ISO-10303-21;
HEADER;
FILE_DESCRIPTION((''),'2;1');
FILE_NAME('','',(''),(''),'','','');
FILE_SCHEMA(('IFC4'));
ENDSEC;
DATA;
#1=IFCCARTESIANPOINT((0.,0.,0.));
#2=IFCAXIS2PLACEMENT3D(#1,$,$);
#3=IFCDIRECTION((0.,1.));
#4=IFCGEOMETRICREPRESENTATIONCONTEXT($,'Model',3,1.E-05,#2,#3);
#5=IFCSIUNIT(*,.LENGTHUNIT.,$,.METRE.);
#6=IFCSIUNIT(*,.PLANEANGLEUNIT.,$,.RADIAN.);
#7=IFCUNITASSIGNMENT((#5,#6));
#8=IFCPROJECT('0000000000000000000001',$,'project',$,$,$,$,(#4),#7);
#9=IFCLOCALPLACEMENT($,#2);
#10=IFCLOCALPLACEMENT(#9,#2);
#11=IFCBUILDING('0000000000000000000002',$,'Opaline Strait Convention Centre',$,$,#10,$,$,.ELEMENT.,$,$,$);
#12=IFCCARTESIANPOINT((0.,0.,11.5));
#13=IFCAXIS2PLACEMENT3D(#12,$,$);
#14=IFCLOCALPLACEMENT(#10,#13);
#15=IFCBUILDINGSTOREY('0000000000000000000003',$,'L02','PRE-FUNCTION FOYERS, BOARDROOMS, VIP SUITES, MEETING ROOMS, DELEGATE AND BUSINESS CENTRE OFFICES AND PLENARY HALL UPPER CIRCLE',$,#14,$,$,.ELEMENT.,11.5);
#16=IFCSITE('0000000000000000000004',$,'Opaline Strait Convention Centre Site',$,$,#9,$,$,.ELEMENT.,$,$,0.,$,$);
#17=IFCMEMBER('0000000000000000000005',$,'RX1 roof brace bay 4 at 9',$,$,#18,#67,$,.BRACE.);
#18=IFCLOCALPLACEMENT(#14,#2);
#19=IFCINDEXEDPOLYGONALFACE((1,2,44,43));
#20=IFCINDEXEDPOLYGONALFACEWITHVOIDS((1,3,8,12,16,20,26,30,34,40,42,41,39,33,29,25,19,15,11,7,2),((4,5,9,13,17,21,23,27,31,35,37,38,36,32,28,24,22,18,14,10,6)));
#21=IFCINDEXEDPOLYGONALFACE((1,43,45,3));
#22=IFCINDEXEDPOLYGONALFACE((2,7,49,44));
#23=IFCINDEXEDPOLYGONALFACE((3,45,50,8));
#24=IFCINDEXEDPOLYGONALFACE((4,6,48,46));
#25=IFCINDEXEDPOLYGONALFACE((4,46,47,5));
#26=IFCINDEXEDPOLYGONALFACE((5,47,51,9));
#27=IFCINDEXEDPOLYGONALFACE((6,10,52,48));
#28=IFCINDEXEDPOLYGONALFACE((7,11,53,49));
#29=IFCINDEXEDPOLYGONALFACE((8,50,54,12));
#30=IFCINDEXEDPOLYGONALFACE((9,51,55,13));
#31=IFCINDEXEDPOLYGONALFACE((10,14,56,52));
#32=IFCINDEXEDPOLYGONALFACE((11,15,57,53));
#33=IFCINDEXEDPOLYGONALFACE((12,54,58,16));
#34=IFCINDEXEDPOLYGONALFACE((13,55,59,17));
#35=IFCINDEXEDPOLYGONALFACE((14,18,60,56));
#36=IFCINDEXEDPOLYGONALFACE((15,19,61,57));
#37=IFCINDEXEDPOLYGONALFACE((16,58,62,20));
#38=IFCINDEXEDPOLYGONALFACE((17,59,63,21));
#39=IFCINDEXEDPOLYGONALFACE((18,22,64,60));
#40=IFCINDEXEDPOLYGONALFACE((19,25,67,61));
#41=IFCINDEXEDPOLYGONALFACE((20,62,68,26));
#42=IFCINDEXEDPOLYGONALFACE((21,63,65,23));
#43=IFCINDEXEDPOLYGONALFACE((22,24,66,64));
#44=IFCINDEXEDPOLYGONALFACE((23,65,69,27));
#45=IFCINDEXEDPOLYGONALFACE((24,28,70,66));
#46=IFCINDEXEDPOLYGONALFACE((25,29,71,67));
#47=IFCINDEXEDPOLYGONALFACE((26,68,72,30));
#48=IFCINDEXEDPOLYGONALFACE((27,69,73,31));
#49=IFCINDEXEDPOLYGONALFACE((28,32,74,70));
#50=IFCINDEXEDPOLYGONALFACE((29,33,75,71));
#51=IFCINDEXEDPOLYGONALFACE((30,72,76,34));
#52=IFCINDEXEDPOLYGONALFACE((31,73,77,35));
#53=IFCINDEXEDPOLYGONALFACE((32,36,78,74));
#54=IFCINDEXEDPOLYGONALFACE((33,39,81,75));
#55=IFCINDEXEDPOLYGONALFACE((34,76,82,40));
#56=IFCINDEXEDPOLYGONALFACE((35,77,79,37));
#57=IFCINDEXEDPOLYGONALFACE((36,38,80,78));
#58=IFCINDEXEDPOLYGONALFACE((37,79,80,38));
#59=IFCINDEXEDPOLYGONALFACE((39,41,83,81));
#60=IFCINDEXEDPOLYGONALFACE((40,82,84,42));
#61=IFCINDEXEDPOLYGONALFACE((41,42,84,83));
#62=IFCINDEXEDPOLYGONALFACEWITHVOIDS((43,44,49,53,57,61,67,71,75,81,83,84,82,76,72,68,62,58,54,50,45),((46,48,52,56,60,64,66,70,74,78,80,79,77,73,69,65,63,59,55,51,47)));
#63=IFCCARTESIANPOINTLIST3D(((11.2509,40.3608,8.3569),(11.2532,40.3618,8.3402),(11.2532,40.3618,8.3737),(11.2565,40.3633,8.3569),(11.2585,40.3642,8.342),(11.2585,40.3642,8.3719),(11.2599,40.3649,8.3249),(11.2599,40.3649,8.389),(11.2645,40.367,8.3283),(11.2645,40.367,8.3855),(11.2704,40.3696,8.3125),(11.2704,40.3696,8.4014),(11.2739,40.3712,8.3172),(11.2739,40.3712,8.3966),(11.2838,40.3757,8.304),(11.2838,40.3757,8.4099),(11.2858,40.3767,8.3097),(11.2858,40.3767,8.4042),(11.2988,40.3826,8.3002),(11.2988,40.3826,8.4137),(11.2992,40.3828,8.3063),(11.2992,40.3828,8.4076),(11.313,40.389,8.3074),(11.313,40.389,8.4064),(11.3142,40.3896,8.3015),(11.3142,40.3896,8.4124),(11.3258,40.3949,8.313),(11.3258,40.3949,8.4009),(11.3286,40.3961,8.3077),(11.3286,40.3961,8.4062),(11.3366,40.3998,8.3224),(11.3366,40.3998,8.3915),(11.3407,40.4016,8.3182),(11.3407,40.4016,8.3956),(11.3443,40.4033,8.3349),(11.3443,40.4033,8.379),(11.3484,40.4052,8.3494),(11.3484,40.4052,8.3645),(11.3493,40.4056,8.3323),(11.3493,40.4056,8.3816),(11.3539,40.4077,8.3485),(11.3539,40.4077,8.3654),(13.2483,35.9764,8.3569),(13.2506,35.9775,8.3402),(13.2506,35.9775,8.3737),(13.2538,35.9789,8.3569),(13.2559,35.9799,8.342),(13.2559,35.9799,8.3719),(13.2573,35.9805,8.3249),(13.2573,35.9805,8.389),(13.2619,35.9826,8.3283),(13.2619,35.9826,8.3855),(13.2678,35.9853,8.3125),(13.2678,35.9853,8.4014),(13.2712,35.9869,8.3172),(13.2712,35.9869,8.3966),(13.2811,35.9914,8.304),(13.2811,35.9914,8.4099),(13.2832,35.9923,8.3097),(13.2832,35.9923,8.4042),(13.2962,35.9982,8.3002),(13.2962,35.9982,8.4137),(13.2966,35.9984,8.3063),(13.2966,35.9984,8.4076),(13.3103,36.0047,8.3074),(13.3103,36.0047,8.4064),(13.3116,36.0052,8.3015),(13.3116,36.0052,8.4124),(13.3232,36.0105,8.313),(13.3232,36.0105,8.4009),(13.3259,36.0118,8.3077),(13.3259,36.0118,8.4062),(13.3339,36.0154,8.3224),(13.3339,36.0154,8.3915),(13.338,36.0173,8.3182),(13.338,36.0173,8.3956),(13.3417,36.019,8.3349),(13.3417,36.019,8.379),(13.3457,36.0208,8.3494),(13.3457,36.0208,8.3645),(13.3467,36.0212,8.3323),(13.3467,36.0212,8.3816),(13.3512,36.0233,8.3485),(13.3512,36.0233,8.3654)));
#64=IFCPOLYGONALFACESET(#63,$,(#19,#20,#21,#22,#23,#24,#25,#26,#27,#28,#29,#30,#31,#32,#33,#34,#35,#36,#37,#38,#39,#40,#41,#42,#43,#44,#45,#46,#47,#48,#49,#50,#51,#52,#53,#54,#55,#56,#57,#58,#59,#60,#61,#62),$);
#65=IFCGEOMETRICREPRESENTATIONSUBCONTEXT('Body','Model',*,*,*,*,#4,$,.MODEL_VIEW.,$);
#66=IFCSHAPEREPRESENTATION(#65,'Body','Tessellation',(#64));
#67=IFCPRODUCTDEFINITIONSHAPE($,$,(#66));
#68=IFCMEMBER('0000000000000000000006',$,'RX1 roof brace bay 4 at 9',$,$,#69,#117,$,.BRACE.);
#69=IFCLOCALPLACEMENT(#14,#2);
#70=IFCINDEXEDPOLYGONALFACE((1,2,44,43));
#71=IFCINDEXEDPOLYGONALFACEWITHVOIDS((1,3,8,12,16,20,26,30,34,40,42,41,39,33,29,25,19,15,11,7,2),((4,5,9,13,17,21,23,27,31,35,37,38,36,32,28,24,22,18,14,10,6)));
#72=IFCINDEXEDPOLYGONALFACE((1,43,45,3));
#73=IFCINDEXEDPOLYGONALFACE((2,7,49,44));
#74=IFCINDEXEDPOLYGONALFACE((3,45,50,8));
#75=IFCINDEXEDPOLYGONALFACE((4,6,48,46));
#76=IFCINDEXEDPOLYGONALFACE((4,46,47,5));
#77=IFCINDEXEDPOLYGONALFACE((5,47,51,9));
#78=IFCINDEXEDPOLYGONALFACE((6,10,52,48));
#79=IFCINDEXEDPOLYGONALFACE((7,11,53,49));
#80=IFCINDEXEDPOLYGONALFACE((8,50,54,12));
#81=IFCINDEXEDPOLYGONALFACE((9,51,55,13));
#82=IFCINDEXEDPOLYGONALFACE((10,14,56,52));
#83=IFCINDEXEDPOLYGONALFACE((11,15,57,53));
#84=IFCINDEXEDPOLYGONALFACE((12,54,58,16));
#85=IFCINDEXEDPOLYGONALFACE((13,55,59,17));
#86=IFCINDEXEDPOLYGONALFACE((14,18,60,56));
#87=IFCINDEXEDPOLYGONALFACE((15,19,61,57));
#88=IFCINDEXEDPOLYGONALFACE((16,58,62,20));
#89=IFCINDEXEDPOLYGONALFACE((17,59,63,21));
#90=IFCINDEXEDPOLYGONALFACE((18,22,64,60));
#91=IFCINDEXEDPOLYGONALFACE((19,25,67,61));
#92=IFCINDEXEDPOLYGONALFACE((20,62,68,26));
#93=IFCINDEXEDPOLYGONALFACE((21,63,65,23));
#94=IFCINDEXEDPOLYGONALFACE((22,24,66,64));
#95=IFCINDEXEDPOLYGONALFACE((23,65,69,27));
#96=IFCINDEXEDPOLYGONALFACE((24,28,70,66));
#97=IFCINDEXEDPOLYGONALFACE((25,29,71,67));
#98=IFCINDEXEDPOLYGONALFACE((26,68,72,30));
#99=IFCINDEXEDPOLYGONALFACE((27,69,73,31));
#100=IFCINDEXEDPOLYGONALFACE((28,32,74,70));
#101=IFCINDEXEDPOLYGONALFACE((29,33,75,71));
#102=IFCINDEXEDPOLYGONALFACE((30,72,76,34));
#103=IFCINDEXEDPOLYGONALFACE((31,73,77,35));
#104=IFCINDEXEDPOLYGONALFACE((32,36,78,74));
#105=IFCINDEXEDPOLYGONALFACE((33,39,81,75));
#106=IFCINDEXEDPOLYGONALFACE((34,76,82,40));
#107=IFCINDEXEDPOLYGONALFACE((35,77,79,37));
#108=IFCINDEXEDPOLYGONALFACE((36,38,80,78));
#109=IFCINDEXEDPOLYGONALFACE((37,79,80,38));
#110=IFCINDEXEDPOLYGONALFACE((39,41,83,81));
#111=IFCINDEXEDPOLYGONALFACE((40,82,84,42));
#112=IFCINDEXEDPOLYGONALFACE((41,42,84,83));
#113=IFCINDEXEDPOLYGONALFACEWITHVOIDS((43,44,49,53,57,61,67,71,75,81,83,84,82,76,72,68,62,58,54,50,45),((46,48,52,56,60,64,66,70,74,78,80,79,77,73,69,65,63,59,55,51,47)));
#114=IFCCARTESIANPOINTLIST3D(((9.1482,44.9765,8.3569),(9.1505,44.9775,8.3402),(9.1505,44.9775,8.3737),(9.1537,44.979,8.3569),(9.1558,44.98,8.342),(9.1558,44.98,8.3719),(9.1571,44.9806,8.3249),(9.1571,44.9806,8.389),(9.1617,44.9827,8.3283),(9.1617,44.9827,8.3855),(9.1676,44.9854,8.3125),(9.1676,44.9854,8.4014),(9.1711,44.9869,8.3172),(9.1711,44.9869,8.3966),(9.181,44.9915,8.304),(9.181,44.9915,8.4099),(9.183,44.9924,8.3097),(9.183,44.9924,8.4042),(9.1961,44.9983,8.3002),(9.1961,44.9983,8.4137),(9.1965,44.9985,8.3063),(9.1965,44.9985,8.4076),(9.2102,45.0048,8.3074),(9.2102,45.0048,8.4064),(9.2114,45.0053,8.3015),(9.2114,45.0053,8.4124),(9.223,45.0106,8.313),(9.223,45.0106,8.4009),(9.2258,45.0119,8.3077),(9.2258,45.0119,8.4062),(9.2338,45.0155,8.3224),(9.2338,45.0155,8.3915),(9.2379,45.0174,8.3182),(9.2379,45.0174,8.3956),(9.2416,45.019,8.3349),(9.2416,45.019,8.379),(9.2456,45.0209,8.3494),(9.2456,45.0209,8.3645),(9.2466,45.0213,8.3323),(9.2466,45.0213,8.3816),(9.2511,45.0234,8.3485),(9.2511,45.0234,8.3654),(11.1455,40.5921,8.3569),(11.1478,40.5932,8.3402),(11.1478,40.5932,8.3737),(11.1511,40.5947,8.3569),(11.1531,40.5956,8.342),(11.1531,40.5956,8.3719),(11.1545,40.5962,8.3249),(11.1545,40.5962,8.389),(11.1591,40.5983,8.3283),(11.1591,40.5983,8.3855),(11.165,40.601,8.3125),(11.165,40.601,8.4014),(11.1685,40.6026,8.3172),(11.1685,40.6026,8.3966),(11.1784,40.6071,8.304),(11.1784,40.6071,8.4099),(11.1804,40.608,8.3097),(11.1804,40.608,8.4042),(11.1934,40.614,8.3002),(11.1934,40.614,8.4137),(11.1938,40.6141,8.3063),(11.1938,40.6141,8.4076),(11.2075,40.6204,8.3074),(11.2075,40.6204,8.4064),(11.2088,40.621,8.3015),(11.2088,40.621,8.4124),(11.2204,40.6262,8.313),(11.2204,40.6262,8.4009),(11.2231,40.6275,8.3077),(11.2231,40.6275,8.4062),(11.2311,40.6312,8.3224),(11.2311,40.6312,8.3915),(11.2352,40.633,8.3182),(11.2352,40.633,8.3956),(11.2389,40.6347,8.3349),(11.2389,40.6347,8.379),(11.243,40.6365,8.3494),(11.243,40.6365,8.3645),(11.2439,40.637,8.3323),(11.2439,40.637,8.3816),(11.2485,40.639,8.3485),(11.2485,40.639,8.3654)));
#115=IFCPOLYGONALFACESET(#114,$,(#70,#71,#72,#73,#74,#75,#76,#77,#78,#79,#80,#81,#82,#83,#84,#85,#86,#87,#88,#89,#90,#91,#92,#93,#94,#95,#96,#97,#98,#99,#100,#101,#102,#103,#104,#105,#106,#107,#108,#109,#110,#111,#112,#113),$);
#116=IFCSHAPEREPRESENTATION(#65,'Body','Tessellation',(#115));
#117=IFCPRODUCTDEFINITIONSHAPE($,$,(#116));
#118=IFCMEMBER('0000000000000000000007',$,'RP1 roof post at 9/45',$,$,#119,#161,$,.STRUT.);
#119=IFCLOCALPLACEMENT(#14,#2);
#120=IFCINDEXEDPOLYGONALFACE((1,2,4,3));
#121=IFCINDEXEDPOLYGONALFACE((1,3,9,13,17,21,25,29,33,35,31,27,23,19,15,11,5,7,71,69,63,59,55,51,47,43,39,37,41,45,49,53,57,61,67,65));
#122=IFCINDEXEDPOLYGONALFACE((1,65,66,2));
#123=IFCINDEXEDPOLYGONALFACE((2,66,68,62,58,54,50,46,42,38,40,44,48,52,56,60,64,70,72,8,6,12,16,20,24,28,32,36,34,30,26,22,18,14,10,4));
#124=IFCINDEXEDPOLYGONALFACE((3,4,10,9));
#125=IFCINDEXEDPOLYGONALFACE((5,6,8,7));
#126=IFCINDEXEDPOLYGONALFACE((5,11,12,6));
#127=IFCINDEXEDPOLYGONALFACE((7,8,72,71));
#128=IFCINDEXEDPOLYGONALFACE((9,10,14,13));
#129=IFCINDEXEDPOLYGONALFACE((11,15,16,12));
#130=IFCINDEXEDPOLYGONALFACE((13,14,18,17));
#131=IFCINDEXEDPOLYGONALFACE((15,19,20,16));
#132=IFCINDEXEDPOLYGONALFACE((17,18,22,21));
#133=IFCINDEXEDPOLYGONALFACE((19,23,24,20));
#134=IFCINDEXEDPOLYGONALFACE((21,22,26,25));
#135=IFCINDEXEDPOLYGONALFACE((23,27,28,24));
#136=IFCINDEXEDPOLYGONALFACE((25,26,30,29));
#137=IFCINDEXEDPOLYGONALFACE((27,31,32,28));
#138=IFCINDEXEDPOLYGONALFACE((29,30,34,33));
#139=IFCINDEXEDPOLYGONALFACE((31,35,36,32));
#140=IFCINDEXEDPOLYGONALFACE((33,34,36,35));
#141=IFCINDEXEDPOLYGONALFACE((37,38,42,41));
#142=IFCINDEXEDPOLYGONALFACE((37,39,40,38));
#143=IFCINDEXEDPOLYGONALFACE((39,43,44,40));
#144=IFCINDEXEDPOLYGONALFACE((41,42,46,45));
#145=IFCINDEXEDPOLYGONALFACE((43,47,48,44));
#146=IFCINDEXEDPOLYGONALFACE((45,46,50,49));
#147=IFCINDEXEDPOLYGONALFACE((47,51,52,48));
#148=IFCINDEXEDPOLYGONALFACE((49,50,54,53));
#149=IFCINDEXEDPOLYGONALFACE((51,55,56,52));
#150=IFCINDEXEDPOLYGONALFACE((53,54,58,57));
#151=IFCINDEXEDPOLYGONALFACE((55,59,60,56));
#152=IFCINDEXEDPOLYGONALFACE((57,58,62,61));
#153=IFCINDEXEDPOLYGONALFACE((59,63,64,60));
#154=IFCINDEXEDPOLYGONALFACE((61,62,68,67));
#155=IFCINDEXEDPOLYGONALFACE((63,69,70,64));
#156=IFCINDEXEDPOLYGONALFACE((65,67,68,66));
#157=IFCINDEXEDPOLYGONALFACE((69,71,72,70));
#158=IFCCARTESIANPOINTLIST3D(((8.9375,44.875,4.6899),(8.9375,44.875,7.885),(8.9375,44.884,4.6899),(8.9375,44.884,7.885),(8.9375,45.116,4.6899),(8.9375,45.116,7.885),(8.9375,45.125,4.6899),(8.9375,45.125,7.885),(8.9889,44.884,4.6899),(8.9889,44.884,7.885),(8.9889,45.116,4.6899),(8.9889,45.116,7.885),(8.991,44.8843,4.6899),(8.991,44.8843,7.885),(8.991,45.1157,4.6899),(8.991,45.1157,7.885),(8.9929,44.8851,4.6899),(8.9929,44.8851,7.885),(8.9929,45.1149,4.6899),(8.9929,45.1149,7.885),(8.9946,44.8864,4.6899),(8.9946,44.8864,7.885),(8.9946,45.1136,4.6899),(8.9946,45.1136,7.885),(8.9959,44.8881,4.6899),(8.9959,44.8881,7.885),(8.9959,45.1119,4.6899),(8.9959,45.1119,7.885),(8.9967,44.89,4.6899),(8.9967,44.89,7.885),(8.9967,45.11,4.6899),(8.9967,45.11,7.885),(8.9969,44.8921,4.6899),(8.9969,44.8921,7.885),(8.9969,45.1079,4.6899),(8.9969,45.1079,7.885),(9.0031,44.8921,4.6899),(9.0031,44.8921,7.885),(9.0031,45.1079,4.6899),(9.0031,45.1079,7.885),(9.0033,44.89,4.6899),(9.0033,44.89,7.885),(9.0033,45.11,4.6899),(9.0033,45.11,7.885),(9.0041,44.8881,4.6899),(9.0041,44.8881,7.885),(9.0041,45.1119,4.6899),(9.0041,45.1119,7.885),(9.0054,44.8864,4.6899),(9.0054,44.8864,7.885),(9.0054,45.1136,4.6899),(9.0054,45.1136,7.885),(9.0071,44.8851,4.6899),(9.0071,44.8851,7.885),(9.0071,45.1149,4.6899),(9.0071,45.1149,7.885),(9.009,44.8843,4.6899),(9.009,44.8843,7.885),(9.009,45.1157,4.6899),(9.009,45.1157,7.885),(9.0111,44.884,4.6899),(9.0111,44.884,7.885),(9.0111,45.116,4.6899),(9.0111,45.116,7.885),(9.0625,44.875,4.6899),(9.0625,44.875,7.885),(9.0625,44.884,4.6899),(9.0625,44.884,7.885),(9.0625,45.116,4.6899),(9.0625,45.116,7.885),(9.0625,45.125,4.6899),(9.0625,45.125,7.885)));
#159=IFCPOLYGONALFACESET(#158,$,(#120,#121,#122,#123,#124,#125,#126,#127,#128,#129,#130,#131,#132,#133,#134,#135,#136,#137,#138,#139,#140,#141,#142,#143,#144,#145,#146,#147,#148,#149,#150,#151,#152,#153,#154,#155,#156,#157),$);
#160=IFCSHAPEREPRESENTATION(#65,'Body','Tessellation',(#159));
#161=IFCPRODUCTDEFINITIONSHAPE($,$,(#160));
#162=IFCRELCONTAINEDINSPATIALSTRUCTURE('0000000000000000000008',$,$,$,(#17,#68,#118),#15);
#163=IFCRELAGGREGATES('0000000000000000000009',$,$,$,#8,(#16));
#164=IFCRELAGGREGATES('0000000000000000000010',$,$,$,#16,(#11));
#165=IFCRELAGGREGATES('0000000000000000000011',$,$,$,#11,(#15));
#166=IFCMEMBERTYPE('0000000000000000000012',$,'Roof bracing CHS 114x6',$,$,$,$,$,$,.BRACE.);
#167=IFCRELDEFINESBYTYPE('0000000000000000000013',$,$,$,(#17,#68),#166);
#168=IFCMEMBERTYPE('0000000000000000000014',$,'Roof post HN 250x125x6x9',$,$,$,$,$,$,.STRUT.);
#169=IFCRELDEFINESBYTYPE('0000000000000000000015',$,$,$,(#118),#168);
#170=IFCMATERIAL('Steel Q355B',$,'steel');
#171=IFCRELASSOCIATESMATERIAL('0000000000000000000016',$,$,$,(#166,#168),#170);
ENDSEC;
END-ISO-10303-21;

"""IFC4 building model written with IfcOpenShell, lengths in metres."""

from ifc_helpers import new_model, si_unit, direction, frame, origin, origin_2d, place, context, subcontext, project, spatial, hollow_circle, i_section, extrude, material, material_profile, profile_set, type_object, element, save


model = new_model("IFC4")

# Units and contexts
model_context = context("Model", 3, precision=1e-05, world=origin(), true_north=direction((0.0, 1.0)))
body_context = subcontext(model_context, "Body", "Model", "MODEL_VIEW")
ifc_project = project(units=[si_unit("LENGTHUNIT", "METRE"), si_unit("PLANEANGLEUNIT", "RADIAN")], contexts=[model_context])

# Site, building, storey
site_placement = place(None, origin())
site = spatial("IfcSite", under=ifc_project, at=site_placement, Name="Opaline Strait Convention Centre Site", CompositionType="ELEMENT", RefElevation=0.0)
building_placement = place(site_placement, origin())
building = spatial("IfcBuilding", under=site, at=building_placement, Name="Opaline Strait Convention Centre", CompositionType="ELEMENT")
storey_placement = place(building_placement, frame((0.0, 0.0, 11.5)))
storey = spatial("IfcBuildingStorey", under=building, at=storey_placement, Name="L02", Description="PRE-FUNCTION FOYERS, BOARDROOMS, VIP SUITES, MEETING ROOMS, DELEGATE AND BUSINESS CENTRE OFFICES AND PLENARY HALL UPPER CIRCLE", CompositionType="ELEMENT", Elevation=11.5)

# Shared definitions
ifc_material_1 = material(Name="Steel Q355B", Category="steel")

# Members
ifc_material_profile_1 = material_profile(ifc_material_1, hollow_circle(Radius=0.0569, WallThickness=0.0061, at=origin_2d()), Name="CHS 114x6")
ifc_profile_set_1 = profile_set([ifc_material_profile_1], Name="Steel Q355B")
member_type_1 = type_object("IfcMemberType", Name="Roof bracing CHS 114x6", PredefinedType="BRACE", material=ifc_profile_set_1)
for number, where, z_axis, x_axis, name in (
    (1, (13.3, 36.0, 8.3569), (-0.41457, 0.910017, 0.0), (-0.910017, -0.41457, 0.0), "RX1 roof brace bay 4 at 9"),
    (2, (11.1973, 40.6157, 8.3569), (-0.41457, 0.910017, 0.0), (-0.910017, -0.41457, 0.0), "RX1 roof brace bay 4 at 9"),
):
    element("IfcMember", number, at=place(storey_placement, frame(where, z_axis=z_axis, x_axis=x_axis)), inside=storey, type_object=member_type_1, Name=name, PredefinedType="BRACE", context=body_context, shape_type="SweptSolid", body=[
        extrude(hollow_circle(Radius=0.0569, WallThickness=0.0061, at=origin_2d()), origin(), (0.0, 0.0, 1.0), 4.8179),
    ])
ifc_material_profile_2 = material_profile(ifc_material_1, i_section(OverallWidth=0.125, OverallDepth=0.25, WebThickness=0.0061, FlangeThickness=0.009, FilletRadius=0.0081, at=origin_2d()), Name="HN 250x125x6x9")
ifc_profile_set_2 = profile_set([ifc_material_profile_2], Name="Steel Q355B")
member_type_2 = type_object("IfcMemberType", Name="Roof post HN 250x125x6x9", PredefinedType="STRUT", material=ifc_profile_set_2)
member_1_placement = place(storey_placement, frame((9.0, 45.0, 4.6899), z_axis=(0.0, 0.0, 1.0), x_axis=(1.0, 0.0, 0.0)))
element("IfcMember", 3, at=member_1_placement, inside=storey, type_object=member_type_2, Name="RP1 roof post at 9/45", PredefinedType="STRUT", context=body_context, shape_type="SweptSolid", body=[
    extrude(i_section(OverallWidth=0.125, OverallDepth=0.25, WebThickness=0.0061, FlangeThickness=0.009, FilletRadius=0.0081, at=origin_2d()), origin(), (0.0, 0.0, 1.0), 3.1951),
])

save(model, "model.ifc")
